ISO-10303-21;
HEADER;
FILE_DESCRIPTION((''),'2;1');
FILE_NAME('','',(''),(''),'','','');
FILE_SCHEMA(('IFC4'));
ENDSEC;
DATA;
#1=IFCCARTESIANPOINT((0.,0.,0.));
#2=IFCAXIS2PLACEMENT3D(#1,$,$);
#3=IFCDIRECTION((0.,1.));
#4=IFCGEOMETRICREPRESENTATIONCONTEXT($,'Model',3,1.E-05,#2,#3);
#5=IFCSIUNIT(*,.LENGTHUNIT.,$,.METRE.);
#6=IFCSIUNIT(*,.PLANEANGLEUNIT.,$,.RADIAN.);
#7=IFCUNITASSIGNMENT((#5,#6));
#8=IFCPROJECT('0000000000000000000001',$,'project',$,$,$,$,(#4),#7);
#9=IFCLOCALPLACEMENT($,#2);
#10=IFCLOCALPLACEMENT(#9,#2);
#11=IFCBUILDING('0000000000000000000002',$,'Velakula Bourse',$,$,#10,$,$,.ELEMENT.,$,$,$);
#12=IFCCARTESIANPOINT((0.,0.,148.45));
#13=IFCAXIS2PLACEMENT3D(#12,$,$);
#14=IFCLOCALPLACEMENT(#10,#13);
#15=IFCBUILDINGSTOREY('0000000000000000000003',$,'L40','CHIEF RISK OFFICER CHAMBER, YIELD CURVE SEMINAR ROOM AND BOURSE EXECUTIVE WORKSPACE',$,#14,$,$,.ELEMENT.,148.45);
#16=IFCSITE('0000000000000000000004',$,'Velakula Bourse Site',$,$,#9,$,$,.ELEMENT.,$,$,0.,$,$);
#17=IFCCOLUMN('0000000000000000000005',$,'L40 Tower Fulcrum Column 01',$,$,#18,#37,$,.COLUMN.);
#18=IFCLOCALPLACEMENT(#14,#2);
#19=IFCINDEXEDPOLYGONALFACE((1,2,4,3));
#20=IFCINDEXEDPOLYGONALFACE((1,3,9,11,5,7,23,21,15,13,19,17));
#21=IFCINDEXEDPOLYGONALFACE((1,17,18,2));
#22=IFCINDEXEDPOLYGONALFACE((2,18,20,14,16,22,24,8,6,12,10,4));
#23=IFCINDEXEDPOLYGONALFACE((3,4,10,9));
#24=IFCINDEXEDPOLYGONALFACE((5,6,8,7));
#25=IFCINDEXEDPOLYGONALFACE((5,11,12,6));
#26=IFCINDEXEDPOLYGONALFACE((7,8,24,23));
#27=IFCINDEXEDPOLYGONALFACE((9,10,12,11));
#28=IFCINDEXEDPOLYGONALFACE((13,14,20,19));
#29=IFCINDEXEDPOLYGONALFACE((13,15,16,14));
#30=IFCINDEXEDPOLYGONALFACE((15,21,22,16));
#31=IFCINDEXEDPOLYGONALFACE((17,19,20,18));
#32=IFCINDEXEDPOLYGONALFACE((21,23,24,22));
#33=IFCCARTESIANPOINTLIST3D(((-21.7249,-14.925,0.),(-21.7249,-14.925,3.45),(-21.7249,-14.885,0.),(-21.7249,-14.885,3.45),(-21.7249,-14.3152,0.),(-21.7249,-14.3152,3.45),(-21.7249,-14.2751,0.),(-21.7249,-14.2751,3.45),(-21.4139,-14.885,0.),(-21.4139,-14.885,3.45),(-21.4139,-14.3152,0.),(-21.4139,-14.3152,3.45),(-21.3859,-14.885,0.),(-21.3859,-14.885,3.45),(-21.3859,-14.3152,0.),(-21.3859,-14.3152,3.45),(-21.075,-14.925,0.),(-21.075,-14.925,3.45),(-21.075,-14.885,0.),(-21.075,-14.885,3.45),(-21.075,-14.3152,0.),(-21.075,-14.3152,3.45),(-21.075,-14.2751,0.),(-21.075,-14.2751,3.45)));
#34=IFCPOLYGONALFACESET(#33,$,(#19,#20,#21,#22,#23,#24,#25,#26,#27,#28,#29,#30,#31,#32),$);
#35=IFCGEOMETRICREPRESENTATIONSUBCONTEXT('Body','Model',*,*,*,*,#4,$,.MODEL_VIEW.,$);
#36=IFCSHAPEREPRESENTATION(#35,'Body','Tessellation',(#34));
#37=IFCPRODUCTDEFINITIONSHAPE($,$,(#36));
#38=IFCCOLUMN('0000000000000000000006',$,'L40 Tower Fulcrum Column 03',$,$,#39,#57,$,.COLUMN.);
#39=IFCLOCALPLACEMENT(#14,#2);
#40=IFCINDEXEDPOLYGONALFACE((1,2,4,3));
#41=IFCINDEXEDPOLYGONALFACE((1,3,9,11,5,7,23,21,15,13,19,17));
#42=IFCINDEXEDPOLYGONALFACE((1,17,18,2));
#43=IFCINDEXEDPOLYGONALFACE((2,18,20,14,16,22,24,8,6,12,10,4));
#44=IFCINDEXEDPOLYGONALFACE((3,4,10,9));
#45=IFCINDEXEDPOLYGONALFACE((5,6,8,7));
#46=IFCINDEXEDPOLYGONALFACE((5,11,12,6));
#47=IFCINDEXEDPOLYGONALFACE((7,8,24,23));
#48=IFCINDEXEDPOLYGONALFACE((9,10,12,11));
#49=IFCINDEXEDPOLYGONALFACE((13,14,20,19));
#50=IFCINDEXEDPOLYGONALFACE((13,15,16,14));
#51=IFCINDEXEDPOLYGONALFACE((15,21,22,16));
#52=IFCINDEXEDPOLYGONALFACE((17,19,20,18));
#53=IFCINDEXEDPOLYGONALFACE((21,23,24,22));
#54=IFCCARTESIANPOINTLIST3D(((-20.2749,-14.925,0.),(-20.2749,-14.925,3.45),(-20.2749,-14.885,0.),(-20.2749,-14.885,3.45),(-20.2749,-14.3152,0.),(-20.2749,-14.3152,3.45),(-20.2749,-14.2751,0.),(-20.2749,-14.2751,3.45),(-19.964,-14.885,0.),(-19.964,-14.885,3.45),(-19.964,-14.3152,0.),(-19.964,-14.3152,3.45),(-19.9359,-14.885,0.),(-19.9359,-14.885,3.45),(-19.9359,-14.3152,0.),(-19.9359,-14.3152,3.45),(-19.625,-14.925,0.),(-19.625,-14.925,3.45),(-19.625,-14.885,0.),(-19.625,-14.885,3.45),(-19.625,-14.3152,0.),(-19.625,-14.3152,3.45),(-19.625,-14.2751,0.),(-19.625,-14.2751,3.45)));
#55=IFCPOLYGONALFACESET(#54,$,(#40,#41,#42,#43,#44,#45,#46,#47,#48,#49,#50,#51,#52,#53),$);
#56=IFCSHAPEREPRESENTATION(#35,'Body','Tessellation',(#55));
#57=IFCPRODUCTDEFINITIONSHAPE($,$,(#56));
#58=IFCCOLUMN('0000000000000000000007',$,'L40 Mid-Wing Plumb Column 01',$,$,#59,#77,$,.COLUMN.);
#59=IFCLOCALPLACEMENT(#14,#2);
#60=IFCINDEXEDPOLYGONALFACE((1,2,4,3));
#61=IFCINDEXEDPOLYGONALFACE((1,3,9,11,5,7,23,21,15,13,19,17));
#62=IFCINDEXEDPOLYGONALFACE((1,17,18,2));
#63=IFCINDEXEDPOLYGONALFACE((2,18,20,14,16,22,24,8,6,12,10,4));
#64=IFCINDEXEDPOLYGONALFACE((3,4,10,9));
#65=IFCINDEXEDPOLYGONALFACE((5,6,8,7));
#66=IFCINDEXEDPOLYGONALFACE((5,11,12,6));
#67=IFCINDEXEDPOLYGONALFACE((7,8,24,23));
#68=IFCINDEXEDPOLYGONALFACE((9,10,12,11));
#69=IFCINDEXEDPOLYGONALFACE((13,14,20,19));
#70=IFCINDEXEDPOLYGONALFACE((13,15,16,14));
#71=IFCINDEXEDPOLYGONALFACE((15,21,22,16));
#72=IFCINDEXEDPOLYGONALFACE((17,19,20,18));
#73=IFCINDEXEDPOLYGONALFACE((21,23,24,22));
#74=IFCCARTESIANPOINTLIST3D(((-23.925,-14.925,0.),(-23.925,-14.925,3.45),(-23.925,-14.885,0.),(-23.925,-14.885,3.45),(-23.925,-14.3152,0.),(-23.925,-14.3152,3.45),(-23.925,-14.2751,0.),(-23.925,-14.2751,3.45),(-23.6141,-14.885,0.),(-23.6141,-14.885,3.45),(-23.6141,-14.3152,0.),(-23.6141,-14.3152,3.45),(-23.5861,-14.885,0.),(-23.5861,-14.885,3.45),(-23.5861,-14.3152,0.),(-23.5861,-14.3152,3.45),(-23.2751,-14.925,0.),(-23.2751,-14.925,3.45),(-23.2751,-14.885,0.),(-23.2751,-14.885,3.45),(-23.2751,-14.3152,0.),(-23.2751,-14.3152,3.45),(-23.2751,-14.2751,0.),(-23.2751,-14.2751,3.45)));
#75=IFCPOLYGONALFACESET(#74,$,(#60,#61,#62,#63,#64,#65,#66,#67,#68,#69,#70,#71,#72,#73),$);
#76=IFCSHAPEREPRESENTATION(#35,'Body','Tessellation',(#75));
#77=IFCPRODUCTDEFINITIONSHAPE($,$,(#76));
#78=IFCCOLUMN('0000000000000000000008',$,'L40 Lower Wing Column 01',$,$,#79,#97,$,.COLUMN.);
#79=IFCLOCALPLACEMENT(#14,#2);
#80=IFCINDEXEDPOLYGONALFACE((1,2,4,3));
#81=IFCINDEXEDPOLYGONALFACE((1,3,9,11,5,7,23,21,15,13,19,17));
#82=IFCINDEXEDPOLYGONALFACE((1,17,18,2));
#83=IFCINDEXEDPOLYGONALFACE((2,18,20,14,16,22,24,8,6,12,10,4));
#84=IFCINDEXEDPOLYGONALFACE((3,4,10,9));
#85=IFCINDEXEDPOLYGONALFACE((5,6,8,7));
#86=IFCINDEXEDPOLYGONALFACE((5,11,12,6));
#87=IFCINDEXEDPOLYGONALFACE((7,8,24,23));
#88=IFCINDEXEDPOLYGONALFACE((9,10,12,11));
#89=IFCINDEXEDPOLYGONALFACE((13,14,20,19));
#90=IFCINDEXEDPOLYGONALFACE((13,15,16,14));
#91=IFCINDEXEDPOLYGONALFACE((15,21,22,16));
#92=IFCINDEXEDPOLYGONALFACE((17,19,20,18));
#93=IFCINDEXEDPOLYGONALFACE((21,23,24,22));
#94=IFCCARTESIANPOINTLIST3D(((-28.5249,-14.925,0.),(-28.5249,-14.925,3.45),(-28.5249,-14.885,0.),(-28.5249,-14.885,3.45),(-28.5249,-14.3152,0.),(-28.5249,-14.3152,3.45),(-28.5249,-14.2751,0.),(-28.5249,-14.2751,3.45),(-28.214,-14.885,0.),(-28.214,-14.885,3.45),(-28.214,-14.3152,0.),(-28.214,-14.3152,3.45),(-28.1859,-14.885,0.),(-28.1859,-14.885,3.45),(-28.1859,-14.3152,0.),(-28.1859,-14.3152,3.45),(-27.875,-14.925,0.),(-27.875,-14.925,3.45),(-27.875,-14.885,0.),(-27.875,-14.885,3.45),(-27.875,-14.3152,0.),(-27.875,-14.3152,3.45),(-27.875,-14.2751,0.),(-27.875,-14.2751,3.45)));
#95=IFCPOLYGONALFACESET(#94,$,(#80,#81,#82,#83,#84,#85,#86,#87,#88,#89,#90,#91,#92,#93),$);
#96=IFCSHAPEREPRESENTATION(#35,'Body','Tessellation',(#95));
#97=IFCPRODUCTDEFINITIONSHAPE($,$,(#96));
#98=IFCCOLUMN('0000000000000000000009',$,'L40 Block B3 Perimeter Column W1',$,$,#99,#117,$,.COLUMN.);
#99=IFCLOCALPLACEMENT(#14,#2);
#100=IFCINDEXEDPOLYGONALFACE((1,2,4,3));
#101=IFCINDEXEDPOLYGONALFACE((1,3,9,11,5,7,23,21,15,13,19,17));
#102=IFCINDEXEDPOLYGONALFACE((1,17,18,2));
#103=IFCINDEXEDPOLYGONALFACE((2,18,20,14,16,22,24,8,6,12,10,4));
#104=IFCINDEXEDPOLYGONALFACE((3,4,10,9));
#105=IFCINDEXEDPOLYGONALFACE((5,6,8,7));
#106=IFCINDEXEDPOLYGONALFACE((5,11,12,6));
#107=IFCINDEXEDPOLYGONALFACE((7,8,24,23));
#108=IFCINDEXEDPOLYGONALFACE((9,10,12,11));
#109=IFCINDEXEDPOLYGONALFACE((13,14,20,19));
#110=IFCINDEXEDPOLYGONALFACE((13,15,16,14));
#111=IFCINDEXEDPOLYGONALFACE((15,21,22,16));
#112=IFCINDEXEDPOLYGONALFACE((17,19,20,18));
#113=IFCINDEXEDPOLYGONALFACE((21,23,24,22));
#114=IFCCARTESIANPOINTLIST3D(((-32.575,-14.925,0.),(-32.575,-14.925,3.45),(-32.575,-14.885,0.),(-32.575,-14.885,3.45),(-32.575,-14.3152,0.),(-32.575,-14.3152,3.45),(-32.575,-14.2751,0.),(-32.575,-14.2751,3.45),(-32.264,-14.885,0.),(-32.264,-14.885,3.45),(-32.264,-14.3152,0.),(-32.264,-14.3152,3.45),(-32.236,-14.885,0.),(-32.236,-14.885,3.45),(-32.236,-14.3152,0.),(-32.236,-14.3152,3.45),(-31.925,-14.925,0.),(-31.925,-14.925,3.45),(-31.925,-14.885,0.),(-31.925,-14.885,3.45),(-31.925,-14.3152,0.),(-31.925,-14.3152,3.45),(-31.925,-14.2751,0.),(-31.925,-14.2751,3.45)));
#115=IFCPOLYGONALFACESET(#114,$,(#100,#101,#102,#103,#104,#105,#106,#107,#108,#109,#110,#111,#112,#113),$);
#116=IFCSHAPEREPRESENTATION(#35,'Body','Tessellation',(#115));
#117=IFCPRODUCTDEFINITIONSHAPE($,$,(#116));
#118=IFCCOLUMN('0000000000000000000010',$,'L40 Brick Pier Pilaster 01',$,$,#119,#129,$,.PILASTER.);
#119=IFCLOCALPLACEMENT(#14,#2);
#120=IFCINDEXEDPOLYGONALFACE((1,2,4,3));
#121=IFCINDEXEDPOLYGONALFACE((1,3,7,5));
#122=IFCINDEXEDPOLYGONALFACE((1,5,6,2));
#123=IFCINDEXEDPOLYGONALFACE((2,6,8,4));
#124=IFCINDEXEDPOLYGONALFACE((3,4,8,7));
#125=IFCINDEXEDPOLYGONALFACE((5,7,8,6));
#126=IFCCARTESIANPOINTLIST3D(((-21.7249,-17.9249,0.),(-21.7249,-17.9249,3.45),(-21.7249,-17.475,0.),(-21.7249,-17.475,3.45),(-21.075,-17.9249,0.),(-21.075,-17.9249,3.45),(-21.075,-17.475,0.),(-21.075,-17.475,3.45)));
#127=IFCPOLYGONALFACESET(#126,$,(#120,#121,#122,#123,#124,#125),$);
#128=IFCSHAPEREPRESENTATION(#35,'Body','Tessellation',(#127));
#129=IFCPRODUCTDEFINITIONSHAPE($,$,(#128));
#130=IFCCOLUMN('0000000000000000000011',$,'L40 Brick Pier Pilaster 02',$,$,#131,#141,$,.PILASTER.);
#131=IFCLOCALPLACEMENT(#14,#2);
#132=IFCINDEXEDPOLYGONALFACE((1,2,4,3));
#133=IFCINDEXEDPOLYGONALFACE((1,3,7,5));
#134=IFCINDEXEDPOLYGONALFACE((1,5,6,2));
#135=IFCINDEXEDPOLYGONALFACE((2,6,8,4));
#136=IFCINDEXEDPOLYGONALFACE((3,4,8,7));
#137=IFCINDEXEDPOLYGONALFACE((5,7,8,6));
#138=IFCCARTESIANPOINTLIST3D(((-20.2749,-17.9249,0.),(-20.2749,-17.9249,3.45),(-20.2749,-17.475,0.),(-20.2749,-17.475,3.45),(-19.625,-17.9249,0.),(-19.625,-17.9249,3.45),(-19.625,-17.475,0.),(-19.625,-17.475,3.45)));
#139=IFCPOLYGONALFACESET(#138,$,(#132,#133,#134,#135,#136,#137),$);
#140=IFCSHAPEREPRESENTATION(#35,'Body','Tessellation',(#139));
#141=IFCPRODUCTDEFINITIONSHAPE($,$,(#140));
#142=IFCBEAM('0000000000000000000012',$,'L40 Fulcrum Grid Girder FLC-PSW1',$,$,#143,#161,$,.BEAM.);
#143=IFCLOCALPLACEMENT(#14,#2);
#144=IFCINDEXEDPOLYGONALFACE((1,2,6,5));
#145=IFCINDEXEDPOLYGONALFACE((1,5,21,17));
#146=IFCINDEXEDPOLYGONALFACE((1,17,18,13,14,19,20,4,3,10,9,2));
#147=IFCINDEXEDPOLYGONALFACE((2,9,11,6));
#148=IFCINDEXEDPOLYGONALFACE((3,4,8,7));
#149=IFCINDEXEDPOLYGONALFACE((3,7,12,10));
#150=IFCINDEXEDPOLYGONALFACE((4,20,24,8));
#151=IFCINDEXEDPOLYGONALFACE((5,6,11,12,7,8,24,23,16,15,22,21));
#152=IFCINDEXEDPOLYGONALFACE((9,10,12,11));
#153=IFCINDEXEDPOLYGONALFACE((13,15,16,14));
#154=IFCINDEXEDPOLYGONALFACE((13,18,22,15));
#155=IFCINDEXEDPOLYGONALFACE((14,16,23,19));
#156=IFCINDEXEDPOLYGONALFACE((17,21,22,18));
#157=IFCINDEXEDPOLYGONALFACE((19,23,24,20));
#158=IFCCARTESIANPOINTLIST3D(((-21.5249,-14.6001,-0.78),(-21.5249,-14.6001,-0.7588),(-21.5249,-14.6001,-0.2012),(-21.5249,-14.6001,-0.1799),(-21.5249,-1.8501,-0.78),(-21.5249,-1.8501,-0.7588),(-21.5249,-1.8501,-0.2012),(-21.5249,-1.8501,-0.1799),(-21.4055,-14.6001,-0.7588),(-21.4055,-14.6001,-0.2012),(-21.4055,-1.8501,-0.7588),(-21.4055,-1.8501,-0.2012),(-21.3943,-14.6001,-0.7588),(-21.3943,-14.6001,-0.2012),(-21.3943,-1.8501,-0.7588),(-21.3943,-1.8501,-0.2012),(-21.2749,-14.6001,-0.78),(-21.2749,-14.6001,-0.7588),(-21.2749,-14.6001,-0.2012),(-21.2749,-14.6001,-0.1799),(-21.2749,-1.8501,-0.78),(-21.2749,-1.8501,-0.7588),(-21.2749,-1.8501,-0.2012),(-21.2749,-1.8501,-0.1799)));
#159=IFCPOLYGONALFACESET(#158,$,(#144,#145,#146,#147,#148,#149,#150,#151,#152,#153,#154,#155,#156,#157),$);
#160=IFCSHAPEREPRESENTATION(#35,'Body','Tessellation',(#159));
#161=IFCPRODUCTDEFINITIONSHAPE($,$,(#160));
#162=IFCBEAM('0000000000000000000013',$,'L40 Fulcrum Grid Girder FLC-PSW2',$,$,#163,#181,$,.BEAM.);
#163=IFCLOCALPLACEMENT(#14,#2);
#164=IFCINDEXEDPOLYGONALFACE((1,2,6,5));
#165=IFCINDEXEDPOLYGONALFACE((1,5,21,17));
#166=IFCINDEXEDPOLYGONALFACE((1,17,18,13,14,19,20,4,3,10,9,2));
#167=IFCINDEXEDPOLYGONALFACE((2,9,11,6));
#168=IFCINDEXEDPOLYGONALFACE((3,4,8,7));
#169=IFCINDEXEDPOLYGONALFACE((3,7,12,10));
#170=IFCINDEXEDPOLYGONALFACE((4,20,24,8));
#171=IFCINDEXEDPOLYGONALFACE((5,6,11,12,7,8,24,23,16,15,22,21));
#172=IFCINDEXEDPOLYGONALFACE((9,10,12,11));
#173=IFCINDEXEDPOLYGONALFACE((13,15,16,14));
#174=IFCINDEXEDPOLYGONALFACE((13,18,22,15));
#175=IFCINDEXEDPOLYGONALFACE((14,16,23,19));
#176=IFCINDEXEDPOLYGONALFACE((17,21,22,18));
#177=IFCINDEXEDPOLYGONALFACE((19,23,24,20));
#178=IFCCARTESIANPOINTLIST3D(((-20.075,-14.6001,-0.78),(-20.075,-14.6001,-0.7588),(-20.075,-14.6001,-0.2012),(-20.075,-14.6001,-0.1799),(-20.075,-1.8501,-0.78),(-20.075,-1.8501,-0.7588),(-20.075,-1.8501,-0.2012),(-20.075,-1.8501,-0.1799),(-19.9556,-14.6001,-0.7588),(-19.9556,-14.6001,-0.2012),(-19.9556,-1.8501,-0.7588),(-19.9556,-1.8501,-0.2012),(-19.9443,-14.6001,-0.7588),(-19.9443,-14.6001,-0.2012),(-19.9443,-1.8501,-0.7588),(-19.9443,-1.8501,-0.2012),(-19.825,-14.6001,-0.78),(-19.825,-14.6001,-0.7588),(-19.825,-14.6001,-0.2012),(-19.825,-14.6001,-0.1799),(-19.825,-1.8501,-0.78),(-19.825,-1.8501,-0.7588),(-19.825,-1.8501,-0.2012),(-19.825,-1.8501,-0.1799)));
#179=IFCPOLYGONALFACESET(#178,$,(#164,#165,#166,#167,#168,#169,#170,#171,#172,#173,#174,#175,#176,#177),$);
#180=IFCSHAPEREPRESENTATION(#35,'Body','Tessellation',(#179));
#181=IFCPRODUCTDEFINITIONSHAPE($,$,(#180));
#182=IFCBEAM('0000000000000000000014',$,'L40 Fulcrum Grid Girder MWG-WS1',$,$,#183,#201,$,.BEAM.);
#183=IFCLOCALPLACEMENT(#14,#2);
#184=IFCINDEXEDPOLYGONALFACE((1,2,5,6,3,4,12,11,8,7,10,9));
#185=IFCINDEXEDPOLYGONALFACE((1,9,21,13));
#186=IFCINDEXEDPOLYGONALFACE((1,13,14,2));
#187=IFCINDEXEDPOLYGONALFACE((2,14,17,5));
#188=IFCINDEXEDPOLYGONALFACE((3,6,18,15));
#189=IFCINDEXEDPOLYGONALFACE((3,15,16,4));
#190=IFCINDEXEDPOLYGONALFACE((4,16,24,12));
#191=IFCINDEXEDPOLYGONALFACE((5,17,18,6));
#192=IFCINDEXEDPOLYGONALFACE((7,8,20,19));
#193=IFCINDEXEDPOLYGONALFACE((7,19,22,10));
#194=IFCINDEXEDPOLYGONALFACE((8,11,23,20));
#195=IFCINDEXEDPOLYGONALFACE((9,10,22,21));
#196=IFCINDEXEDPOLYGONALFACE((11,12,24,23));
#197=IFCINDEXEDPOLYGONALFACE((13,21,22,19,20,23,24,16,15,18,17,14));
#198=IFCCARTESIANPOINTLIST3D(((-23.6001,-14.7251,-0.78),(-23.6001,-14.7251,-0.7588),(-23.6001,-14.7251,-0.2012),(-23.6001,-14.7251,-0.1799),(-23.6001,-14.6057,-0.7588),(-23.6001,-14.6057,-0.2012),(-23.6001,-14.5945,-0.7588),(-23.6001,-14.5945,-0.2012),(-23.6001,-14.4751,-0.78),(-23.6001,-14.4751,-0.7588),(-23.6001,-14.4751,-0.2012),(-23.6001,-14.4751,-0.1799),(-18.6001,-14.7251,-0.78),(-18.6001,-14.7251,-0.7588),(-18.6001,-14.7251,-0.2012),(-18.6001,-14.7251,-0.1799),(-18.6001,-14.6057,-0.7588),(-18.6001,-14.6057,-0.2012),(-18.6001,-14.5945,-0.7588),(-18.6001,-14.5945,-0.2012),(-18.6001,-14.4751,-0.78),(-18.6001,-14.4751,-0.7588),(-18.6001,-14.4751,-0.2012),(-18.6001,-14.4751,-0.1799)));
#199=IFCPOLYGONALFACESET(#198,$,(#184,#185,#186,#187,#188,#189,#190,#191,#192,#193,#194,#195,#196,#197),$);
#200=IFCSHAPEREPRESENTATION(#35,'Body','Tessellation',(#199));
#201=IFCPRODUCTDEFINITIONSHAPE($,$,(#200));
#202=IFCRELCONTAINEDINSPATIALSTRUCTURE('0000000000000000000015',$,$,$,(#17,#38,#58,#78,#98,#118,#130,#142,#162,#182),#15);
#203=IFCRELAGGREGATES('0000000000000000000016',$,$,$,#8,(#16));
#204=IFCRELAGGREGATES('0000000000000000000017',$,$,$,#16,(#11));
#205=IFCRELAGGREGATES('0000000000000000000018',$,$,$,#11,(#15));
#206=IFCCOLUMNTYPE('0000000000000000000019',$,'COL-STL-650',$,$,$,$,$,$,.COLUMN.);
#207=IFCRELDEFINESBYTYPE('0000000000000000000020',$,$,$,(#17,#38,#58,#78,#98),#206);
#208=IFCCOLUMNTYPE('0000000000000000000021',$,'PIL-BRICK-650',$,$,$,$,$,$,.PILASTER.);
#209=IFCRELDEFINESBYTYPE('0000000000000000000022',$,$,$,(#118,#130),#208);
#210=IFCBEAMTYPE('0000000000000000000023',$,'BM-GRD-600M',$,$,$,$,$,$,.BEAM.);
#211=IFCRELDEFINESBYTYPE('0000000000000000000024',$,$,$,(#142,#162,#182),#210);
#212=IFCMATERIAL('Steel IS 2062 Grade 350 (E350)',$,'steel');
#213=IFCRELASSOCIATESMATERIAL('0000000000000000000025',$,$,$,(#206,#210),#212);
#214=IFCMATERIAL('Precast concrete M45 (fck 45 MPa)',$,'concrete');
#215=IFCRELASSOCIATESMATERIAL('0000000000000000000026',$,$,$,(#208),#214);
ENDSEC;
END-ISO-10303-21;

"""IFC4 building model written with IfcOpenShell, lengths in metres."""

from ifc_helpers import new_model, si_unit, direction, frame, origin, origin_2d, place, context, subcontext, project, spatial, rectangle, i_section, extrude, material, material_profile, profile_set, type_object, element, save


model = new_model("IFC4")

# Units and contexts
model_context = context("Model", 3, precision=1e-05, world=origin(), true_north=direction((0.0, 1.0)))
body_context = subcontext(model_context, "Body", "Model", "MODEL_VIEW")
ifc_project = project(units=[si_unit("LENGTHUNIT", "METRE"), si_unit("PLANEANGLEUNIT", "RADIAN")], contexts=[model_context])

# Site, building, storey
site_placement = place(None, origin())
site = spatial("IfcSite", under=ifc_project, at=site_placement, Name="Velakula Bourse Site", CompositionType="ELEMENT", RefElevation=0.0)
building_placement = place(site_placement, origin())
building = spatial("IfcBuilding", under=site, at=building_placement, Name="Velakula Bourse", CompositionType="ELEMENT")
storey_placement = place(building_placement, frame((0.0, 0.0, 148.45)))
storey = spatial("IfcBuildingStorey", under=building, at=storey_placement, Name="L40", Description="CHIEF RISK OFFICER CHAMBER, YIELD CURVE SEMINAR ROOM AND BOURSE EXECUTIVE WORKSPACE", CompositionType="ELEMENT", Elevation=148.45)

# Columns
ifc_material_1 = material(Name="Steel IS 2062 Grade 350 (E350)", Category="steel")
ifc_material_profile_1 = material_profile(ifc_material_1, i_section(OverallWidth=0.6499, OverallDepth=0.6499, WebThickness=0.0281, FlangeThickness=0.04, at=origin_2d()), Name="Steel IS 2062 Grade 350 (E350)")
ifc_profile_set_1 = profile_set([ifc_material_profile_1], Name="Steel IS 2062 Grade 350 (E350)")
column_type_1 = type_object("IfcColumnType", Name="COL-STL-650", PredefinedType="COLUMN", material=ifc_profile_set_1)
for number, where, z_axis, x_axis, name in (
    (1, (-21.3999, -14.6001, 0.0), (0.0, 0.0, 1.0), (1.0, 0.0, 0.0), "L40 Tower Fulcrum Column 01"),
    (2, (-19.95, -14.6001, 0.0), (0.0, 0.0, 1.0), (1.0, 0.0, 0.0), "L40 Tower Fulcrum Column 03"),
    (3, (-23.6001, -14.6001, 0.0), (0.0, 0.0, 1.0), (1.0, 0.0, 0.0), "L40 Mid-Wing Plumb Column 01"),
    (4, (-28.2, -14.6001, 0.0), (0.0, 0.0, 1.0), (1.0, 0.0, 0.0), "L40 Lower Wing Column 01"),
    (5, (-32.25, -14.6001, 0.0), (0.0, 0.0, 1.0), (1.0, 0.0, 0.0), "L40 Block B3 Perimeter Column W1"),
):
    element("IfcColumn", number, at=place(storey_placement, frame(where, z_axis=z_axis, x_axis=x_axis)), inside=storey, type_object=column_type_1, Name=name, PredefinedType="COLUMN", context=body_context, shape_type="SweptSolid", body=[
        extrude(i_section(OverallWidth=0.6499, OverallDepth=0.6499, WebThickness=0.0281, FlangeThickness=0.04, at=origin_2d()), origin(), (0.0, 0.0, 1.0), 3.45),
    ])
ifc_material_2 = material(Name="Precast concrete M45 (fck 45 MPa)", Category="concrete")
ifc_material_profile_2 = material_profile(ifc_material_2, rectangle(XDim=0.6499, YDim=0.45, at=origin_2d()), Name="Precast concrete M45 (fck 45 MPa)")
ifc_profile_set_2 = profile_set([ifc_material_profile_2], Name="Precast concrete M45 (fck 45 MPa)")
column_type_2 = type_object("IfcColumnType", Name="PIL-BRICK-650", PredefinedType="PILASTER", material=ifc_profile_set_2)
for number, where, z_axis, x_axis, name in (
    (6, (-21.3999, -17.7, 0.0), (0.0, 0.0, 1.0), (1.0, 0.0, 0.0), "L40 Brick Pier Pilaster 01"),
    (7, (-19.95, -17.7, 0.0), (0.0, 0.0, 1.0), (1.0, 0.0, 0.0), "L40 Brick Pier Pilaster 02"),
):
    element("IfcColumn", number, at=place(storey_placement, frame(where, z_axis=z_axis, x_axis=x_axis)), inside=storey, type_object=column_type_2, Name=name, PredefinedType="PILASTER", context=body_context, shape_type="SweptSolid", body=[
        extrude(rectangle(XDim=0.6499, YDim=0.45, at=origin_2d()), origin(), (0.0, 0.0, 1.0), 3.45),
    ])

# Beams
ifc_material_profile_3 = material_profile(ifc_material_1, i_section(OverallWidth=0.25, OverallDepth=0.6001, WebThickness=0.0112, FlangeThickness=0.0212, at=origin_2d()), Name="Steel IS 2062 Grade 350 (E350)")
ifc_profile_set_3 = profile_set([ifc_material_profile_3], Name="Steel IS 2062 Grade 350 (E350)")
beam_type_1 = type_object("IfcBeamType", Name="BM-GRD-600M", PredefinedType="BEAM", material=ifc_profile_set_3)
for number, where, z_axis, x_axis, name in (
    (8, (-21.3999, -14.6001, -0.48), (0.0, 1.0, 0.0), (-1.0, 0.0, 0.0), "L40 Fulcrum Grid Girder FLC-PSW1"),
    (9, (-19.95, -14.6001, -0.48), (0.0, 1.0, 0.0), (-1.0, 0.0, 0.0), "L40 Fulcrum Grid Girder FLC-PSW2"),
):
    element("IfcBeam", number, at=place(storey_placement, frame(where, z_axis=z_axis, x_axis=x_axis)), inside=storey, type_object=beam_type_1, Name=name, PredefinedType="BEAM", context=body_context, shape_type="SweptSolid", body=[
        extrude(i_section(OverallWidth=0.25, OverallDepth=0.6001, WebThickness=0.0112, FlangeThickness=0.0212, at=origin_2d()), origin(), (0.0, 0.0, 1.0), 12.75),
    ])
beam_1_placement = place(storey_placement, frame((-23.6001, -14.6001, -0.48), z_axis=(1.0, 0.0, 0.0), x_axis=(0.0, 1.0, 0.0)))
element("IfcBeam", 10, at=beam_1_placement, inside=storey, type_object=beam_type_1, Name="L40 Fulcrum Grid Girder MWG-WS1", PredefinedType="BEAM", context=body_context, shape_type="SweptSolid", body=[
    extrude(i_section(OverallWidth=0.25, OverallDepth=0.6001, WebThickness=0.0112, FlangeThickness=0.0212, at=origin_2d()), origin(), (0.0, 0.0, 1.0), 5.0),
])

save(model, "model.ifc")
